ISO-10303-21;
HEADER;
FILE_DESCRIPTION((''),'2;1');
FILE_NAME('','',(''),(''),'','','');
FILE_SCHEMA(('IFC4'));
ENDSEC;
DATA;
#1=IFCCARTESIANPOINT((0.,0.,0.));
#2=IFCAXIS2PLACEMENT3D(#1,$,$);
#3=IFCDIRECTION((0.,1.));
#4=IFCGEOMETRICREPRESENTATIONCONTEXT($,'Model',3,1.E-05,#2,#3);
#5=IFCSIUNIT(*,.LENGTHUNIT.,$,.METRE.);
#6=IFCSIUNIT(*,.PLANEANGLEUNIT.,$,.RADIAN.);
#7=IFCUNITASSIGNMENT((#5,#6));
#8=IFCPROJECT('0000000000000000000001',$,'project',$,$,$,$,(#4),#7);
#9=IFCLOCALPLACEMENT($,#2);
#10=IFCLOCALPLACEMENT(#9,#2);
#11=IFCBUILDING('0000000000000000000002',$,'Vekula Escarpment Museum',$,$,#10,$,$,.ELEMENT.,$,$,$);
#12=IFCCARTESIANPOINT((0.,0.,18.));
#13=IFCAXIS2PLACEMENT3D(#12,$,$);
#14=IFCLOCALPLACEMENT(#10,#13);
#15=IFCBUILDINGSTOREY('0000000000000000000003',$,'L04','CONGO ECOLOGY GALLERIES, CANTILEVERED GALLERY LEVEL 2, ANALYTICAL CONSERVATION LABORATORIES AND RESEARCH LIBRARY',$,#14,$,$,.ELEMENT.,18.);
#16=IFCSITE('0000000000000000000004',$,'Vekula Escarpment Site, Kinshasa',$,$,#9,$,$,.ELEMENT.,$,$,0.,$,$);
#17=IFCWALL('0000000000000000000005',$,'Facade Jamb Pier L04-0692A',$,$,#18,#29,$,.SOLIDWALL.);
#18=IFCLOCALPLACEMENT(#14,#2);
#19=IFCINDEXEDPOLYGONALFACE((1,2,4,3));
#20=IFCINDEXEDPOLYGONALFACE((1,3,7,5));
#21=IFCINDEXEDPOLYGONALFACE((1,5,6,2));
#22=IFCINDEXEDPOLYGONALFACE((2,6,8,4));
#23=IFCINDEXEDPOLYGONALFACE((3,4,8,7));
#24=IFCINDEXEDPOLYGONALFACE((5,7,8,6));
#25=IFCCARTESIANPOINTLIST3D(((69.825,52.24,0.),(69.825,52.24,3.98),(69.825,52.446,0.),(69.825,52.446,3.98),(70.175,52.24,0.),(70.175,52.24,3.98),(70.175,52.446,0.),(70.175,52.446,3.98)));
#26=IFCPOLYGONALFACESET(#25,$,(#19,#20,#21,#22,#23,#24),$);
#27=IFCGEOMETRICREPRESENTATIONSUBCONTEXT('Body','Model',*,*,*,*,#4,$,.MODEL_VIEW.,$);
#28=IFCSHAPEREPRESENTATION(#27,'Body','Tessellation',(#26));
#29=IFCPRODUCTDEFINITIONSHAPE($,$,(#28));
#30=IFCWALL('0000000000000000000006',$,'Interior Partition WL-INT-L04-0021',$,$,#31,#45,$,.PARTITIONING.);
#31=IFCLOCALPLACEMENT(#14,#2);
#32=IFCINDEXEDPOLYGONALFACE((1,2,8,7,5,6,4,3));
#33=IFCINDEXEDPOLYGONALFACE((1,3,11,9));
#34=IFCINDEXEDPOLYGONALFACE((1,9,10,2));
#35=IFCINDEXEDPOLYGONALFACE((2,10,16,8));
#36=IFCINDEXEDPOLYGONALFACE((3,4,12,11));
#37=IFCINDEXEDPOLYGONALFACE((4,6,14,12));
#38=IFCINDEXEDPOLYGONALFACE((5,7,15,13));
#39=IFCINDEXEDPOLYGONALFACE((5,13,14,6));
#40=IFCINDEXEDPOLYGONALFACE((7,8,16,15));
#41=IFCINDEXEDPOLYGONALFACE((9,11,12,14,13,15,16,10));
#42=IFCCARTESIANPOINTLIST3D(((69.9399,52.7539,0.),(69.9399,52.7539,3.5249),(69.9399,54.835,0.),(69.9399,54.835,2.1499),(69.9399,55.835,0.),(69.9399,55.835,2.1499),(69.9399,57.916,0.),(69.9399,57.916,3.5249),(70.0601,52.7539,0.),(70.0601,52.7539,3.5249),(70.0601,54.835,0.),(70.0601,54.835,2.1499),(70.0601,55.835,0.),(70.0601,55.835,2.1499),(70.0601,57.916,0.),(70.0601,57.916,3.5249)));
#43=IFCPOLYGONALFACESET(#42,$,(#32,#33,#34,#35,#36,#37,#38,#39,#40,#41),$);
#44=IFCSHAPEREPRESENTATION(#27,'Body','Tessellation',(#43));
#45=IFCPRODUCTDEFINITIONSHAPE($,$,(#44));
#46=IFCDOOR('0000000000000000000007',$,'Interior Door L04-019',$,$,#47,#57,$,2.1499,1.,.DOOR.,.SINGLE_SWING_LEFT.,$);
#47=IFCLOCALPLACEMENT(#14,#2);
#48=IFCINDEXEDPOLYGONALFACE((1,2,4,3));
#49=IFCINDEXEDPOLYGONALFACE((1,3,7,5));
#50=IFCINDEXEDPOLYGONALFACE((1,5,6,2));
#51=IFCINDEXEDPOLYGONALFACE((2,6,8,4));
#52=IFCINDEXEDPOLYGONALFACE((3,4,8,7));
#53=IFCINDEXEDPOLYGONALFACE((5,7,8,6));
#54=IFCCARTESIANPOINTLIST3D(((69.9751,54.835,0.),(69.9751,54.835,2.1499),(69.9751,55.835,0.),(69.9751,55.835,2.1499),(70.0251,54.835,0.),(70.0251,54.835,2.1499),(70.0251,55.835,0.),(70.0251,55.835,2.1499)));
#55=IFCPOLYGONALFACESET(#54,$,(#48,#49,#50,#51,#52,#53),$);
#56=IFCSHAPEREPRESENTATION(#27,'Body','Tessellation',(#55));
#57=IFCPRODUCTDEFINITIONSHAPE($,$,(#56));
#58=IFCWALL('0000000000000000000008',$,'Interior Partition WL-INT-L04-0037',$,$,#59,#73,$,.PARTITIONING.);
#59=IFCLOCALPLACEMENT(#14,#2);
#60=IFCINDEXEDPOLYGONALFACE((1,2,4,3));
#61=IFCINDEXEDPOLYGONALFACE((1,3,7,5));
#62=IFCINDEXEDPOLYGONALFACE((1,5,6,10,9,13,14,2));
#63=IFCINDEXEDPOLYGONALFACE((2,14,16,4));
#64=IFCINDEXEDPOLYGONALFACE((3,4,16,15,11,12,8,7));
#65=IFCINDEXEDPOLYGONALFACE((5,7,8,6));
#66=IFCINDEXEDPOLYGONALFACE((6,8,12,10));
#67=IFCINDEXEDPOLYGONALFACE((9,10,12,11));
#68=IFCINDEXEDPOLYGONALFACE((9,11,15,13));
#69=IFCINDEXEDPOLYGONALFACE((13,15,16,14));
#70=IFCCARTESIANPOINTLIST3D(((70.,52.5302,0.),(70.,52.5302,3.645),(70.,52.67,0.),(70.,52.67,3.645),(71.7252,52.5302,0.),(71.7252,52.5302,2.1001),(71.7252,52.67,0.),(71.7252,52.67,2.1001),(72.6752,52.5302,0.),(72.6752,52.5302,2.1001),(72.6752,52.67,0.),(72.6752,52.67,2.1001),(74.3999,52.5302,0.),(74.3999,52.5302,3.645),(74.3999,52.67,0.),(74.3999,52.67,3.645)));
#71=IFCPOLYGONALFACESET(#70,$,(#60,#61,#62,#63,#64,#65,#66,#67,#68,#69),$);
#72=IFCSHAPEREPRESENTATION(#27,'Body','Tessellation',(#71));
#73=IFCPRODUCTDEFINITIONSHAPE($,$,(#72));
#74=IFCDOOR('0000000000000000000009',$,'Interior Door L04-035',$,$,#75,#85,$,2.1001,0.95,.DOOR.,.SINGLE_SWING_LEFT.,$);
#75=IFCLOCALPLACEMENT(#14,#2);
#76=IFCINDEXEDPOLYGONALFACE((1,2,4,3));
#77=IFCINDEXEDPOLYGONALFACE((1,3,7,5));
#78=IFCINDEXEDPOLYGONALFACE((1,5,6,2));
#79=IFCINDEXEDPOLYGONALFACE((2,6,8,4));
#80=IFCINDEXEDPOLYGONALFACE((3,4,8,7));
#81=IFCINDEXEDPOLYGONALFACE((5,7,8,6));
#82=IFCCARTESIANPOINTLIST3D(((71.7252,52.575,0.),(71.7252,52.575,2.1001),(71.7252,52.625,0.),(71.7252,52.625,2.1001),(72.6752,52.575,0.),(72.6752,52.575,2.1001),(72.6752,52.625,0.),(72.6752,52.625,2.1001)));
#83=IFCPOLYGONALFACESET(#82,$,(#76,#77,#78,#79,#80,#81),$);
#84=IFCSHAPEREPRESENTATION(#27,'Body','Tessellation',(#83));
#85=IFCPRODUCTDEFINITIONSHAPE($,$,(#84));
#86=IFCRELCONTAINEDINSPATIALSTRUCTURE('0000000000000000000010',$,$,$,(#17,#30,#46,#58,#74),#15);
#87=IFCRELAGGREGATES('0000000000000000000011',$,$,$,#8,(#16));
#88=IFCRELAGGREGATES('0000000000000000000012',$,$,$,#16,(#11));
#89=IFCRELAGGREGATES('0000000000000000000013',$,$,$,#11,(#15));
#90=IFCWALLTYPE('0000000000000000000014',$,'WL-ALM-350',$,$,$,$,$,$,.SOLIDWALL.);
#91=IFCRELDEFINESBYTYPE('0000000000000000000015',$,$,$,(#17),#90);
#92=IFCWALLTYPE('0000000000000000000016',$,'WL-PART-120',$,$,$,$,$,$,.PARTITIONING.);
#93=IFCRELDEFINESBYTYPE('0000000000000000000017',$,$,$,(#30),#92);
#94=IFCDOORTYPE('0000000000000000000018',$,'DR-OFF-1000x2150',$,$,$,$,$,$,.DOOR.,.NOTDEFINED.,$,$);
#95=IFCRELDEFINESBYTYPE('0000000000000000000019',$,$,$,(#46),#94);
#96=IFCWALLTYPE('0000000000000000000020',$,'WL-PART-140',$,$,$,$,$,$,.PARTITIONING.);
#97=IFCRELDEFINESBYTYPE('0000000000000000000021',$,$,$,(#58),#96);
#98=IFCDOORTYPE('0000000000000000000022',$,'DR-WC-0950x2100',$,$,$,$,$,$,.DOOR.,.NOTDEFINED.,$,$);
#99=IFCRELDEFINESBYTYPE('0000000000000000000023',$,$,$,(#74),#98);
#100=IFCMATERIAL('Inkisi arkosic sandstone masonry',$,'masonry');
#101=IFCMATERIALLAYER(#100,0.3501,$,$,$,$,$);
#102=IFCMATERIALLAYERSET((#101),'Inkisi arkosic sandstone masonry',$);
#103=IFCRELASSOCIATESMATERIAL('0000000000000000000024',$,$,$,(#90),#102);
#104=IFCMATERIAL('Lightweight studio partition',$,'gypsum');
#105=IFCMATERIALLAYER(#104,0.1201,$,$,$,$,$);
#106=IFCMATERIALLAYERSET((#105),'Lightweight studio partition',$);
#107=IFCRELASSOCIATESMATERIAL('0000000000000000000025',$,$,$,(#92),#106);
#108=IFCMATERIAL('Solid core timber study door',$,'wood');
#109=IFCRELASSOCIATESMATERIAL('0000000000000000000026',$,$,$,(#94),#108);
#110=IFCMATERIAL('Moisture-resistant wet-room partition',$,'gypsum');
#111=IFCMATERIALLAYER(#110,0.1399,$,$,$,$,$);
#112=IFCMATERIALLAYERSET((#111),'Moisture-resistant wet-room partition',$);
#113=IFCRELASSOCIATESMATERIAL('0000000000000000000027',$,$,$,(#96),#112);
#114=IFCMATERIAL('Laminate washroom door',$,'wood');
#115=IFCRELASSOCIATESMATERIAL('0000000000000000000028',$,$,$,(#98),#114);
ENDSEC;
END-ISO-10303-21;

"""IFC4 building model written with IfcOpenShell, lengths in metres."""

from ifc_helpers import new_model, si_unit, direction, frame, frame_2d, origin, place, context, subcontext, project, spatial, rectangle, extrude, material, layer, layer_set, type_object, element, fill, save


model = new_model("IFC4")

# Units and contexts
model_context = context("Model", 3, precision=1e-05, world=origin(), true_north=direction((0.0, 1.0)))
body_context = subcontext(model_context, "Body", "Model", "MODEL_VIEW")
ifc_project = project(units=[si_unit("LENGTHUNIT", "METRE"), si_unit("PLANEANGLEUNIT", "RADIAN")], contexts=[model_context])

# Site, building, storey
site_placement = place(None, origin())
site = spatial("IfcSite", under=ifc_project, at=site_placement, Name="Vekula Escarpment Site, Kinshasa", CompositionType="ELEMENT", RefElevation=0.0)
building_placement = place(site_placement, origin())
building = spatial("IfcBuilding", under=site, at=building_placement, Name="Vekula Escarpment Museum", CompositionType="ELEMENT")
storey_placement = place(building_placement, frame((0.0, 0.0, 18.0)))
storey = spatial("IfcBuildingStorey", under=building, at=storey_placement, Name="L04", Description="CONGO ECOLOGY GALLERIES, CANTILEVERED GALLERY LEVEL 2, ANALYTICAL CONSERVATION LABORATORIES AND RESEARCH LIBRARY", CompositionType="ELEMENT", Elevation=18.0)

# Wall
ifc_material_1 = material(Name="Inkisi arkosic sandstone masonry", Category="masonry")
ifc_layer_1 = layer(ifc_material_1, 0.3501)
ifc_layer_set_1 = layer_set([ifc_layer_1], Name="Inkisi arkosic sandstone masonry")
wall_type_1 = type_object("IfcWallType", Name="WL-ALM-350", PredefinedType="SOLIDWALL", material=ifc_layer_set_1)
wall_1_placement = place(storey_placement, frame((70.0, 52.446, 0.0), z_axis=(0.0, 0.0, 1.0), x_axis=(0.0, -1.0, 0.0)))
element("IfcWall", 1, at=wall_1_placement, inside=storey, type_object=wall_type_1, Name="Facade Jamb Pier L04-0692A", PredefinedType="SOLIDWALL", context=body_context, shape_type="SweptSolid", body=[
    extrude(rectangle(XDim=0.2061, YDim=0.3501, at=frame_2d((0.103, 0.0))), origin(), (0.0, 0.0, 1.0), 3.98),
])

# Walls, openings, doors
ifc_material_2 = material(Name="Lightweight studio partition", Category="gypsum")
ifc_layer_2 = layer(ifc_material_2, 0.1201)
ifc_layer_set_2 = layer_set([ifc_layer_2], Name="Lightweight studio partition")
wall_type_2 = type_object("IfcWallType", Name="WL-PART-120", PredefinedType="PARTITIONING", material=ifc_layer_set_2)
wall_2_placement = place(storey_placement, frame((70.0, 52.7539, 0.0), z_axis=(0.0, 0.0, 1.0), x_axis=(0.0, 1.0, 0.0)))
wall_2 = element("IfcWall", 2, at=wall_2_placement, inside=storey, type_object=wall_type_2, Name="Interior Partition WL-INT-L04-0021", PredefinedType="PARTITIONING", context=body_context, shape_type="SweptSolid", body=[
    extrude(rectangle(XDim=5.1621, YDim=0.1201, at=frame_2d((2.5811, 0.0))), origin(), (0.0, 0.0, 1.0), 3.5249),
])
opening_1_placement = place(wall_2_placement, frame((2.0811, 0.0, 0.0)))
opening_1 = element("IfcOpeningElement", 3, at=opening_1_placement, cuts=wall_2, PredefinedType="OPENING", context=body_context, shape_type="SweptSolid", body=[
    extrude(rectangle(XDim=1.0, YDim=2.1499, at=frame_2d((0.5, 1.075))), frame((0.0, 0.0701, 0.0), z_axis=(0.0, -1.0, 0.0), x_axis=(1.0, 0.0, 0.0)), (0.0, 0.0, 1.0), 0.1401),
])
ifc_material_3 = material(Name="Solid core timber study door", Category="wood")
door_type_1 = type_object("IfcDoorType", Name="DR-OFF-1000x2150", OperationType="NOTDEFINED", PredefinedType="DOOR", material=ifc_material_3)
door_1_placement = place(opening_1_placement, origin())
door_1 = element("IfcDoor", 4, at=door_1_placement, inside=storey, type_object=door_type_1, Name="Interior Door L04-019", OperationType="SINGLE_SWING_LEFT", OverallHeight=2.1499, OverallWidth=1.0, PredefinedType="DOOR", context=body_context, shape_type="SweptSolid", body=[
    extrude(rectangle(XDim=1.0, YDim=2.1499, at=frame_2d((0.5, 1.075))), frame((0.0, 0.0249, 0.0), z_axis=(0.0, -1.0, 0.0), x_axis=(1.0, 0.0, 0.0)), (0.0, 0.0, 1.0), 0.05),
])
fill(opening_1, door_1)
ifc_material_4 = material(Name="Moisture-resistant wet-room partition", Category="gypsum")
ifc_layer_3 = layer(ifc_material_4, 0.1399)
ifc_layer_set_3 = layer_set([ifc_layer_3], Name="Moisture-resistant wet-room partition")
wall_type_3 = type_object("IfcWallType", Name="WL-PART-140", PredefinedType="PARTITIONING", material=ifc_layer_set_3)
wall_3_placement = place(storey_placement, frame((70.0, 52.6001, 0.0), z_axis=(0.0, 0.0, 1.0), x_axis=(1.0, 0.0, 0.0)))
wall_3 = element("IfcWall", 5, at=wall_3_placement, inside=storey, type_object=wall_type_3, Name="Interior Partition WL-INT-L04-0037", PredefinedType="PARTITIONING", context=body_context, shape_type="SweptSolid", body=[
    extrude(rectangle(XDim=4.3999, YDim=0.1399, at=frame_2d((2.2, 0.0))), origin(), (0.0, 0.0, 1.0), 3.645),
])
opening_2_placement = place(wall_3_placement, frame((1.7251, 0.0, 0.0)))
opening_2 = element("IfcOpeningElement", 6, at=opening_2_placement, cuts=wall_3, PredefinedType="OPENING", context=body_context, shape_type="SweptSolid", body=[
    extrude(rectangle(XDim=0.95, YDim=2.1001, at=frame_2d((0.4751, 1.05))), frame((0.0, 0.0798, 0.0), z_axis=(0.0, -1.0, 0.0), x_axis=(1.0, 0.0, 0.0)), (0.0, 0.0, 1.0), 0.1599),
])
ifc_material_5 = material(Name="Laminate washroom door", Category="wood")
door_type_2 = type_object("IfcDoorType", Name="DR-WC-0950x2100", OperationType="NOTDEFINED", PredefinedType="DOOR", material=ifc_material_5)
door_2_placement = place(opening_2_placement, origin())
door_2 = element("IfcDoor", 7, at=door_2_placement, inside=storey, type_object=door_type_2, Name="Interior Door L04-035", OperationType="SINGLE_SWING_LEFT", OverallHeight=2.1001, OverallWidth=0.95, PredefinedType="DOOR", context=body_context, shape_type="SweptSolid", body=[
    extrude(rectangle(XDim=0.95, YDim=2.1001, at=frame_2d((0.4751, 1.05))), frame((0.0, 0.0249, 0.0), z_axis=(0.0, -1.0, 0.0), x_axis=(1.0, 0.0, 0.0)), (0.0, 0.0, 1.0), 0.05),
])
fill(opening_2, door_2)

save(model, "model.ifc")
